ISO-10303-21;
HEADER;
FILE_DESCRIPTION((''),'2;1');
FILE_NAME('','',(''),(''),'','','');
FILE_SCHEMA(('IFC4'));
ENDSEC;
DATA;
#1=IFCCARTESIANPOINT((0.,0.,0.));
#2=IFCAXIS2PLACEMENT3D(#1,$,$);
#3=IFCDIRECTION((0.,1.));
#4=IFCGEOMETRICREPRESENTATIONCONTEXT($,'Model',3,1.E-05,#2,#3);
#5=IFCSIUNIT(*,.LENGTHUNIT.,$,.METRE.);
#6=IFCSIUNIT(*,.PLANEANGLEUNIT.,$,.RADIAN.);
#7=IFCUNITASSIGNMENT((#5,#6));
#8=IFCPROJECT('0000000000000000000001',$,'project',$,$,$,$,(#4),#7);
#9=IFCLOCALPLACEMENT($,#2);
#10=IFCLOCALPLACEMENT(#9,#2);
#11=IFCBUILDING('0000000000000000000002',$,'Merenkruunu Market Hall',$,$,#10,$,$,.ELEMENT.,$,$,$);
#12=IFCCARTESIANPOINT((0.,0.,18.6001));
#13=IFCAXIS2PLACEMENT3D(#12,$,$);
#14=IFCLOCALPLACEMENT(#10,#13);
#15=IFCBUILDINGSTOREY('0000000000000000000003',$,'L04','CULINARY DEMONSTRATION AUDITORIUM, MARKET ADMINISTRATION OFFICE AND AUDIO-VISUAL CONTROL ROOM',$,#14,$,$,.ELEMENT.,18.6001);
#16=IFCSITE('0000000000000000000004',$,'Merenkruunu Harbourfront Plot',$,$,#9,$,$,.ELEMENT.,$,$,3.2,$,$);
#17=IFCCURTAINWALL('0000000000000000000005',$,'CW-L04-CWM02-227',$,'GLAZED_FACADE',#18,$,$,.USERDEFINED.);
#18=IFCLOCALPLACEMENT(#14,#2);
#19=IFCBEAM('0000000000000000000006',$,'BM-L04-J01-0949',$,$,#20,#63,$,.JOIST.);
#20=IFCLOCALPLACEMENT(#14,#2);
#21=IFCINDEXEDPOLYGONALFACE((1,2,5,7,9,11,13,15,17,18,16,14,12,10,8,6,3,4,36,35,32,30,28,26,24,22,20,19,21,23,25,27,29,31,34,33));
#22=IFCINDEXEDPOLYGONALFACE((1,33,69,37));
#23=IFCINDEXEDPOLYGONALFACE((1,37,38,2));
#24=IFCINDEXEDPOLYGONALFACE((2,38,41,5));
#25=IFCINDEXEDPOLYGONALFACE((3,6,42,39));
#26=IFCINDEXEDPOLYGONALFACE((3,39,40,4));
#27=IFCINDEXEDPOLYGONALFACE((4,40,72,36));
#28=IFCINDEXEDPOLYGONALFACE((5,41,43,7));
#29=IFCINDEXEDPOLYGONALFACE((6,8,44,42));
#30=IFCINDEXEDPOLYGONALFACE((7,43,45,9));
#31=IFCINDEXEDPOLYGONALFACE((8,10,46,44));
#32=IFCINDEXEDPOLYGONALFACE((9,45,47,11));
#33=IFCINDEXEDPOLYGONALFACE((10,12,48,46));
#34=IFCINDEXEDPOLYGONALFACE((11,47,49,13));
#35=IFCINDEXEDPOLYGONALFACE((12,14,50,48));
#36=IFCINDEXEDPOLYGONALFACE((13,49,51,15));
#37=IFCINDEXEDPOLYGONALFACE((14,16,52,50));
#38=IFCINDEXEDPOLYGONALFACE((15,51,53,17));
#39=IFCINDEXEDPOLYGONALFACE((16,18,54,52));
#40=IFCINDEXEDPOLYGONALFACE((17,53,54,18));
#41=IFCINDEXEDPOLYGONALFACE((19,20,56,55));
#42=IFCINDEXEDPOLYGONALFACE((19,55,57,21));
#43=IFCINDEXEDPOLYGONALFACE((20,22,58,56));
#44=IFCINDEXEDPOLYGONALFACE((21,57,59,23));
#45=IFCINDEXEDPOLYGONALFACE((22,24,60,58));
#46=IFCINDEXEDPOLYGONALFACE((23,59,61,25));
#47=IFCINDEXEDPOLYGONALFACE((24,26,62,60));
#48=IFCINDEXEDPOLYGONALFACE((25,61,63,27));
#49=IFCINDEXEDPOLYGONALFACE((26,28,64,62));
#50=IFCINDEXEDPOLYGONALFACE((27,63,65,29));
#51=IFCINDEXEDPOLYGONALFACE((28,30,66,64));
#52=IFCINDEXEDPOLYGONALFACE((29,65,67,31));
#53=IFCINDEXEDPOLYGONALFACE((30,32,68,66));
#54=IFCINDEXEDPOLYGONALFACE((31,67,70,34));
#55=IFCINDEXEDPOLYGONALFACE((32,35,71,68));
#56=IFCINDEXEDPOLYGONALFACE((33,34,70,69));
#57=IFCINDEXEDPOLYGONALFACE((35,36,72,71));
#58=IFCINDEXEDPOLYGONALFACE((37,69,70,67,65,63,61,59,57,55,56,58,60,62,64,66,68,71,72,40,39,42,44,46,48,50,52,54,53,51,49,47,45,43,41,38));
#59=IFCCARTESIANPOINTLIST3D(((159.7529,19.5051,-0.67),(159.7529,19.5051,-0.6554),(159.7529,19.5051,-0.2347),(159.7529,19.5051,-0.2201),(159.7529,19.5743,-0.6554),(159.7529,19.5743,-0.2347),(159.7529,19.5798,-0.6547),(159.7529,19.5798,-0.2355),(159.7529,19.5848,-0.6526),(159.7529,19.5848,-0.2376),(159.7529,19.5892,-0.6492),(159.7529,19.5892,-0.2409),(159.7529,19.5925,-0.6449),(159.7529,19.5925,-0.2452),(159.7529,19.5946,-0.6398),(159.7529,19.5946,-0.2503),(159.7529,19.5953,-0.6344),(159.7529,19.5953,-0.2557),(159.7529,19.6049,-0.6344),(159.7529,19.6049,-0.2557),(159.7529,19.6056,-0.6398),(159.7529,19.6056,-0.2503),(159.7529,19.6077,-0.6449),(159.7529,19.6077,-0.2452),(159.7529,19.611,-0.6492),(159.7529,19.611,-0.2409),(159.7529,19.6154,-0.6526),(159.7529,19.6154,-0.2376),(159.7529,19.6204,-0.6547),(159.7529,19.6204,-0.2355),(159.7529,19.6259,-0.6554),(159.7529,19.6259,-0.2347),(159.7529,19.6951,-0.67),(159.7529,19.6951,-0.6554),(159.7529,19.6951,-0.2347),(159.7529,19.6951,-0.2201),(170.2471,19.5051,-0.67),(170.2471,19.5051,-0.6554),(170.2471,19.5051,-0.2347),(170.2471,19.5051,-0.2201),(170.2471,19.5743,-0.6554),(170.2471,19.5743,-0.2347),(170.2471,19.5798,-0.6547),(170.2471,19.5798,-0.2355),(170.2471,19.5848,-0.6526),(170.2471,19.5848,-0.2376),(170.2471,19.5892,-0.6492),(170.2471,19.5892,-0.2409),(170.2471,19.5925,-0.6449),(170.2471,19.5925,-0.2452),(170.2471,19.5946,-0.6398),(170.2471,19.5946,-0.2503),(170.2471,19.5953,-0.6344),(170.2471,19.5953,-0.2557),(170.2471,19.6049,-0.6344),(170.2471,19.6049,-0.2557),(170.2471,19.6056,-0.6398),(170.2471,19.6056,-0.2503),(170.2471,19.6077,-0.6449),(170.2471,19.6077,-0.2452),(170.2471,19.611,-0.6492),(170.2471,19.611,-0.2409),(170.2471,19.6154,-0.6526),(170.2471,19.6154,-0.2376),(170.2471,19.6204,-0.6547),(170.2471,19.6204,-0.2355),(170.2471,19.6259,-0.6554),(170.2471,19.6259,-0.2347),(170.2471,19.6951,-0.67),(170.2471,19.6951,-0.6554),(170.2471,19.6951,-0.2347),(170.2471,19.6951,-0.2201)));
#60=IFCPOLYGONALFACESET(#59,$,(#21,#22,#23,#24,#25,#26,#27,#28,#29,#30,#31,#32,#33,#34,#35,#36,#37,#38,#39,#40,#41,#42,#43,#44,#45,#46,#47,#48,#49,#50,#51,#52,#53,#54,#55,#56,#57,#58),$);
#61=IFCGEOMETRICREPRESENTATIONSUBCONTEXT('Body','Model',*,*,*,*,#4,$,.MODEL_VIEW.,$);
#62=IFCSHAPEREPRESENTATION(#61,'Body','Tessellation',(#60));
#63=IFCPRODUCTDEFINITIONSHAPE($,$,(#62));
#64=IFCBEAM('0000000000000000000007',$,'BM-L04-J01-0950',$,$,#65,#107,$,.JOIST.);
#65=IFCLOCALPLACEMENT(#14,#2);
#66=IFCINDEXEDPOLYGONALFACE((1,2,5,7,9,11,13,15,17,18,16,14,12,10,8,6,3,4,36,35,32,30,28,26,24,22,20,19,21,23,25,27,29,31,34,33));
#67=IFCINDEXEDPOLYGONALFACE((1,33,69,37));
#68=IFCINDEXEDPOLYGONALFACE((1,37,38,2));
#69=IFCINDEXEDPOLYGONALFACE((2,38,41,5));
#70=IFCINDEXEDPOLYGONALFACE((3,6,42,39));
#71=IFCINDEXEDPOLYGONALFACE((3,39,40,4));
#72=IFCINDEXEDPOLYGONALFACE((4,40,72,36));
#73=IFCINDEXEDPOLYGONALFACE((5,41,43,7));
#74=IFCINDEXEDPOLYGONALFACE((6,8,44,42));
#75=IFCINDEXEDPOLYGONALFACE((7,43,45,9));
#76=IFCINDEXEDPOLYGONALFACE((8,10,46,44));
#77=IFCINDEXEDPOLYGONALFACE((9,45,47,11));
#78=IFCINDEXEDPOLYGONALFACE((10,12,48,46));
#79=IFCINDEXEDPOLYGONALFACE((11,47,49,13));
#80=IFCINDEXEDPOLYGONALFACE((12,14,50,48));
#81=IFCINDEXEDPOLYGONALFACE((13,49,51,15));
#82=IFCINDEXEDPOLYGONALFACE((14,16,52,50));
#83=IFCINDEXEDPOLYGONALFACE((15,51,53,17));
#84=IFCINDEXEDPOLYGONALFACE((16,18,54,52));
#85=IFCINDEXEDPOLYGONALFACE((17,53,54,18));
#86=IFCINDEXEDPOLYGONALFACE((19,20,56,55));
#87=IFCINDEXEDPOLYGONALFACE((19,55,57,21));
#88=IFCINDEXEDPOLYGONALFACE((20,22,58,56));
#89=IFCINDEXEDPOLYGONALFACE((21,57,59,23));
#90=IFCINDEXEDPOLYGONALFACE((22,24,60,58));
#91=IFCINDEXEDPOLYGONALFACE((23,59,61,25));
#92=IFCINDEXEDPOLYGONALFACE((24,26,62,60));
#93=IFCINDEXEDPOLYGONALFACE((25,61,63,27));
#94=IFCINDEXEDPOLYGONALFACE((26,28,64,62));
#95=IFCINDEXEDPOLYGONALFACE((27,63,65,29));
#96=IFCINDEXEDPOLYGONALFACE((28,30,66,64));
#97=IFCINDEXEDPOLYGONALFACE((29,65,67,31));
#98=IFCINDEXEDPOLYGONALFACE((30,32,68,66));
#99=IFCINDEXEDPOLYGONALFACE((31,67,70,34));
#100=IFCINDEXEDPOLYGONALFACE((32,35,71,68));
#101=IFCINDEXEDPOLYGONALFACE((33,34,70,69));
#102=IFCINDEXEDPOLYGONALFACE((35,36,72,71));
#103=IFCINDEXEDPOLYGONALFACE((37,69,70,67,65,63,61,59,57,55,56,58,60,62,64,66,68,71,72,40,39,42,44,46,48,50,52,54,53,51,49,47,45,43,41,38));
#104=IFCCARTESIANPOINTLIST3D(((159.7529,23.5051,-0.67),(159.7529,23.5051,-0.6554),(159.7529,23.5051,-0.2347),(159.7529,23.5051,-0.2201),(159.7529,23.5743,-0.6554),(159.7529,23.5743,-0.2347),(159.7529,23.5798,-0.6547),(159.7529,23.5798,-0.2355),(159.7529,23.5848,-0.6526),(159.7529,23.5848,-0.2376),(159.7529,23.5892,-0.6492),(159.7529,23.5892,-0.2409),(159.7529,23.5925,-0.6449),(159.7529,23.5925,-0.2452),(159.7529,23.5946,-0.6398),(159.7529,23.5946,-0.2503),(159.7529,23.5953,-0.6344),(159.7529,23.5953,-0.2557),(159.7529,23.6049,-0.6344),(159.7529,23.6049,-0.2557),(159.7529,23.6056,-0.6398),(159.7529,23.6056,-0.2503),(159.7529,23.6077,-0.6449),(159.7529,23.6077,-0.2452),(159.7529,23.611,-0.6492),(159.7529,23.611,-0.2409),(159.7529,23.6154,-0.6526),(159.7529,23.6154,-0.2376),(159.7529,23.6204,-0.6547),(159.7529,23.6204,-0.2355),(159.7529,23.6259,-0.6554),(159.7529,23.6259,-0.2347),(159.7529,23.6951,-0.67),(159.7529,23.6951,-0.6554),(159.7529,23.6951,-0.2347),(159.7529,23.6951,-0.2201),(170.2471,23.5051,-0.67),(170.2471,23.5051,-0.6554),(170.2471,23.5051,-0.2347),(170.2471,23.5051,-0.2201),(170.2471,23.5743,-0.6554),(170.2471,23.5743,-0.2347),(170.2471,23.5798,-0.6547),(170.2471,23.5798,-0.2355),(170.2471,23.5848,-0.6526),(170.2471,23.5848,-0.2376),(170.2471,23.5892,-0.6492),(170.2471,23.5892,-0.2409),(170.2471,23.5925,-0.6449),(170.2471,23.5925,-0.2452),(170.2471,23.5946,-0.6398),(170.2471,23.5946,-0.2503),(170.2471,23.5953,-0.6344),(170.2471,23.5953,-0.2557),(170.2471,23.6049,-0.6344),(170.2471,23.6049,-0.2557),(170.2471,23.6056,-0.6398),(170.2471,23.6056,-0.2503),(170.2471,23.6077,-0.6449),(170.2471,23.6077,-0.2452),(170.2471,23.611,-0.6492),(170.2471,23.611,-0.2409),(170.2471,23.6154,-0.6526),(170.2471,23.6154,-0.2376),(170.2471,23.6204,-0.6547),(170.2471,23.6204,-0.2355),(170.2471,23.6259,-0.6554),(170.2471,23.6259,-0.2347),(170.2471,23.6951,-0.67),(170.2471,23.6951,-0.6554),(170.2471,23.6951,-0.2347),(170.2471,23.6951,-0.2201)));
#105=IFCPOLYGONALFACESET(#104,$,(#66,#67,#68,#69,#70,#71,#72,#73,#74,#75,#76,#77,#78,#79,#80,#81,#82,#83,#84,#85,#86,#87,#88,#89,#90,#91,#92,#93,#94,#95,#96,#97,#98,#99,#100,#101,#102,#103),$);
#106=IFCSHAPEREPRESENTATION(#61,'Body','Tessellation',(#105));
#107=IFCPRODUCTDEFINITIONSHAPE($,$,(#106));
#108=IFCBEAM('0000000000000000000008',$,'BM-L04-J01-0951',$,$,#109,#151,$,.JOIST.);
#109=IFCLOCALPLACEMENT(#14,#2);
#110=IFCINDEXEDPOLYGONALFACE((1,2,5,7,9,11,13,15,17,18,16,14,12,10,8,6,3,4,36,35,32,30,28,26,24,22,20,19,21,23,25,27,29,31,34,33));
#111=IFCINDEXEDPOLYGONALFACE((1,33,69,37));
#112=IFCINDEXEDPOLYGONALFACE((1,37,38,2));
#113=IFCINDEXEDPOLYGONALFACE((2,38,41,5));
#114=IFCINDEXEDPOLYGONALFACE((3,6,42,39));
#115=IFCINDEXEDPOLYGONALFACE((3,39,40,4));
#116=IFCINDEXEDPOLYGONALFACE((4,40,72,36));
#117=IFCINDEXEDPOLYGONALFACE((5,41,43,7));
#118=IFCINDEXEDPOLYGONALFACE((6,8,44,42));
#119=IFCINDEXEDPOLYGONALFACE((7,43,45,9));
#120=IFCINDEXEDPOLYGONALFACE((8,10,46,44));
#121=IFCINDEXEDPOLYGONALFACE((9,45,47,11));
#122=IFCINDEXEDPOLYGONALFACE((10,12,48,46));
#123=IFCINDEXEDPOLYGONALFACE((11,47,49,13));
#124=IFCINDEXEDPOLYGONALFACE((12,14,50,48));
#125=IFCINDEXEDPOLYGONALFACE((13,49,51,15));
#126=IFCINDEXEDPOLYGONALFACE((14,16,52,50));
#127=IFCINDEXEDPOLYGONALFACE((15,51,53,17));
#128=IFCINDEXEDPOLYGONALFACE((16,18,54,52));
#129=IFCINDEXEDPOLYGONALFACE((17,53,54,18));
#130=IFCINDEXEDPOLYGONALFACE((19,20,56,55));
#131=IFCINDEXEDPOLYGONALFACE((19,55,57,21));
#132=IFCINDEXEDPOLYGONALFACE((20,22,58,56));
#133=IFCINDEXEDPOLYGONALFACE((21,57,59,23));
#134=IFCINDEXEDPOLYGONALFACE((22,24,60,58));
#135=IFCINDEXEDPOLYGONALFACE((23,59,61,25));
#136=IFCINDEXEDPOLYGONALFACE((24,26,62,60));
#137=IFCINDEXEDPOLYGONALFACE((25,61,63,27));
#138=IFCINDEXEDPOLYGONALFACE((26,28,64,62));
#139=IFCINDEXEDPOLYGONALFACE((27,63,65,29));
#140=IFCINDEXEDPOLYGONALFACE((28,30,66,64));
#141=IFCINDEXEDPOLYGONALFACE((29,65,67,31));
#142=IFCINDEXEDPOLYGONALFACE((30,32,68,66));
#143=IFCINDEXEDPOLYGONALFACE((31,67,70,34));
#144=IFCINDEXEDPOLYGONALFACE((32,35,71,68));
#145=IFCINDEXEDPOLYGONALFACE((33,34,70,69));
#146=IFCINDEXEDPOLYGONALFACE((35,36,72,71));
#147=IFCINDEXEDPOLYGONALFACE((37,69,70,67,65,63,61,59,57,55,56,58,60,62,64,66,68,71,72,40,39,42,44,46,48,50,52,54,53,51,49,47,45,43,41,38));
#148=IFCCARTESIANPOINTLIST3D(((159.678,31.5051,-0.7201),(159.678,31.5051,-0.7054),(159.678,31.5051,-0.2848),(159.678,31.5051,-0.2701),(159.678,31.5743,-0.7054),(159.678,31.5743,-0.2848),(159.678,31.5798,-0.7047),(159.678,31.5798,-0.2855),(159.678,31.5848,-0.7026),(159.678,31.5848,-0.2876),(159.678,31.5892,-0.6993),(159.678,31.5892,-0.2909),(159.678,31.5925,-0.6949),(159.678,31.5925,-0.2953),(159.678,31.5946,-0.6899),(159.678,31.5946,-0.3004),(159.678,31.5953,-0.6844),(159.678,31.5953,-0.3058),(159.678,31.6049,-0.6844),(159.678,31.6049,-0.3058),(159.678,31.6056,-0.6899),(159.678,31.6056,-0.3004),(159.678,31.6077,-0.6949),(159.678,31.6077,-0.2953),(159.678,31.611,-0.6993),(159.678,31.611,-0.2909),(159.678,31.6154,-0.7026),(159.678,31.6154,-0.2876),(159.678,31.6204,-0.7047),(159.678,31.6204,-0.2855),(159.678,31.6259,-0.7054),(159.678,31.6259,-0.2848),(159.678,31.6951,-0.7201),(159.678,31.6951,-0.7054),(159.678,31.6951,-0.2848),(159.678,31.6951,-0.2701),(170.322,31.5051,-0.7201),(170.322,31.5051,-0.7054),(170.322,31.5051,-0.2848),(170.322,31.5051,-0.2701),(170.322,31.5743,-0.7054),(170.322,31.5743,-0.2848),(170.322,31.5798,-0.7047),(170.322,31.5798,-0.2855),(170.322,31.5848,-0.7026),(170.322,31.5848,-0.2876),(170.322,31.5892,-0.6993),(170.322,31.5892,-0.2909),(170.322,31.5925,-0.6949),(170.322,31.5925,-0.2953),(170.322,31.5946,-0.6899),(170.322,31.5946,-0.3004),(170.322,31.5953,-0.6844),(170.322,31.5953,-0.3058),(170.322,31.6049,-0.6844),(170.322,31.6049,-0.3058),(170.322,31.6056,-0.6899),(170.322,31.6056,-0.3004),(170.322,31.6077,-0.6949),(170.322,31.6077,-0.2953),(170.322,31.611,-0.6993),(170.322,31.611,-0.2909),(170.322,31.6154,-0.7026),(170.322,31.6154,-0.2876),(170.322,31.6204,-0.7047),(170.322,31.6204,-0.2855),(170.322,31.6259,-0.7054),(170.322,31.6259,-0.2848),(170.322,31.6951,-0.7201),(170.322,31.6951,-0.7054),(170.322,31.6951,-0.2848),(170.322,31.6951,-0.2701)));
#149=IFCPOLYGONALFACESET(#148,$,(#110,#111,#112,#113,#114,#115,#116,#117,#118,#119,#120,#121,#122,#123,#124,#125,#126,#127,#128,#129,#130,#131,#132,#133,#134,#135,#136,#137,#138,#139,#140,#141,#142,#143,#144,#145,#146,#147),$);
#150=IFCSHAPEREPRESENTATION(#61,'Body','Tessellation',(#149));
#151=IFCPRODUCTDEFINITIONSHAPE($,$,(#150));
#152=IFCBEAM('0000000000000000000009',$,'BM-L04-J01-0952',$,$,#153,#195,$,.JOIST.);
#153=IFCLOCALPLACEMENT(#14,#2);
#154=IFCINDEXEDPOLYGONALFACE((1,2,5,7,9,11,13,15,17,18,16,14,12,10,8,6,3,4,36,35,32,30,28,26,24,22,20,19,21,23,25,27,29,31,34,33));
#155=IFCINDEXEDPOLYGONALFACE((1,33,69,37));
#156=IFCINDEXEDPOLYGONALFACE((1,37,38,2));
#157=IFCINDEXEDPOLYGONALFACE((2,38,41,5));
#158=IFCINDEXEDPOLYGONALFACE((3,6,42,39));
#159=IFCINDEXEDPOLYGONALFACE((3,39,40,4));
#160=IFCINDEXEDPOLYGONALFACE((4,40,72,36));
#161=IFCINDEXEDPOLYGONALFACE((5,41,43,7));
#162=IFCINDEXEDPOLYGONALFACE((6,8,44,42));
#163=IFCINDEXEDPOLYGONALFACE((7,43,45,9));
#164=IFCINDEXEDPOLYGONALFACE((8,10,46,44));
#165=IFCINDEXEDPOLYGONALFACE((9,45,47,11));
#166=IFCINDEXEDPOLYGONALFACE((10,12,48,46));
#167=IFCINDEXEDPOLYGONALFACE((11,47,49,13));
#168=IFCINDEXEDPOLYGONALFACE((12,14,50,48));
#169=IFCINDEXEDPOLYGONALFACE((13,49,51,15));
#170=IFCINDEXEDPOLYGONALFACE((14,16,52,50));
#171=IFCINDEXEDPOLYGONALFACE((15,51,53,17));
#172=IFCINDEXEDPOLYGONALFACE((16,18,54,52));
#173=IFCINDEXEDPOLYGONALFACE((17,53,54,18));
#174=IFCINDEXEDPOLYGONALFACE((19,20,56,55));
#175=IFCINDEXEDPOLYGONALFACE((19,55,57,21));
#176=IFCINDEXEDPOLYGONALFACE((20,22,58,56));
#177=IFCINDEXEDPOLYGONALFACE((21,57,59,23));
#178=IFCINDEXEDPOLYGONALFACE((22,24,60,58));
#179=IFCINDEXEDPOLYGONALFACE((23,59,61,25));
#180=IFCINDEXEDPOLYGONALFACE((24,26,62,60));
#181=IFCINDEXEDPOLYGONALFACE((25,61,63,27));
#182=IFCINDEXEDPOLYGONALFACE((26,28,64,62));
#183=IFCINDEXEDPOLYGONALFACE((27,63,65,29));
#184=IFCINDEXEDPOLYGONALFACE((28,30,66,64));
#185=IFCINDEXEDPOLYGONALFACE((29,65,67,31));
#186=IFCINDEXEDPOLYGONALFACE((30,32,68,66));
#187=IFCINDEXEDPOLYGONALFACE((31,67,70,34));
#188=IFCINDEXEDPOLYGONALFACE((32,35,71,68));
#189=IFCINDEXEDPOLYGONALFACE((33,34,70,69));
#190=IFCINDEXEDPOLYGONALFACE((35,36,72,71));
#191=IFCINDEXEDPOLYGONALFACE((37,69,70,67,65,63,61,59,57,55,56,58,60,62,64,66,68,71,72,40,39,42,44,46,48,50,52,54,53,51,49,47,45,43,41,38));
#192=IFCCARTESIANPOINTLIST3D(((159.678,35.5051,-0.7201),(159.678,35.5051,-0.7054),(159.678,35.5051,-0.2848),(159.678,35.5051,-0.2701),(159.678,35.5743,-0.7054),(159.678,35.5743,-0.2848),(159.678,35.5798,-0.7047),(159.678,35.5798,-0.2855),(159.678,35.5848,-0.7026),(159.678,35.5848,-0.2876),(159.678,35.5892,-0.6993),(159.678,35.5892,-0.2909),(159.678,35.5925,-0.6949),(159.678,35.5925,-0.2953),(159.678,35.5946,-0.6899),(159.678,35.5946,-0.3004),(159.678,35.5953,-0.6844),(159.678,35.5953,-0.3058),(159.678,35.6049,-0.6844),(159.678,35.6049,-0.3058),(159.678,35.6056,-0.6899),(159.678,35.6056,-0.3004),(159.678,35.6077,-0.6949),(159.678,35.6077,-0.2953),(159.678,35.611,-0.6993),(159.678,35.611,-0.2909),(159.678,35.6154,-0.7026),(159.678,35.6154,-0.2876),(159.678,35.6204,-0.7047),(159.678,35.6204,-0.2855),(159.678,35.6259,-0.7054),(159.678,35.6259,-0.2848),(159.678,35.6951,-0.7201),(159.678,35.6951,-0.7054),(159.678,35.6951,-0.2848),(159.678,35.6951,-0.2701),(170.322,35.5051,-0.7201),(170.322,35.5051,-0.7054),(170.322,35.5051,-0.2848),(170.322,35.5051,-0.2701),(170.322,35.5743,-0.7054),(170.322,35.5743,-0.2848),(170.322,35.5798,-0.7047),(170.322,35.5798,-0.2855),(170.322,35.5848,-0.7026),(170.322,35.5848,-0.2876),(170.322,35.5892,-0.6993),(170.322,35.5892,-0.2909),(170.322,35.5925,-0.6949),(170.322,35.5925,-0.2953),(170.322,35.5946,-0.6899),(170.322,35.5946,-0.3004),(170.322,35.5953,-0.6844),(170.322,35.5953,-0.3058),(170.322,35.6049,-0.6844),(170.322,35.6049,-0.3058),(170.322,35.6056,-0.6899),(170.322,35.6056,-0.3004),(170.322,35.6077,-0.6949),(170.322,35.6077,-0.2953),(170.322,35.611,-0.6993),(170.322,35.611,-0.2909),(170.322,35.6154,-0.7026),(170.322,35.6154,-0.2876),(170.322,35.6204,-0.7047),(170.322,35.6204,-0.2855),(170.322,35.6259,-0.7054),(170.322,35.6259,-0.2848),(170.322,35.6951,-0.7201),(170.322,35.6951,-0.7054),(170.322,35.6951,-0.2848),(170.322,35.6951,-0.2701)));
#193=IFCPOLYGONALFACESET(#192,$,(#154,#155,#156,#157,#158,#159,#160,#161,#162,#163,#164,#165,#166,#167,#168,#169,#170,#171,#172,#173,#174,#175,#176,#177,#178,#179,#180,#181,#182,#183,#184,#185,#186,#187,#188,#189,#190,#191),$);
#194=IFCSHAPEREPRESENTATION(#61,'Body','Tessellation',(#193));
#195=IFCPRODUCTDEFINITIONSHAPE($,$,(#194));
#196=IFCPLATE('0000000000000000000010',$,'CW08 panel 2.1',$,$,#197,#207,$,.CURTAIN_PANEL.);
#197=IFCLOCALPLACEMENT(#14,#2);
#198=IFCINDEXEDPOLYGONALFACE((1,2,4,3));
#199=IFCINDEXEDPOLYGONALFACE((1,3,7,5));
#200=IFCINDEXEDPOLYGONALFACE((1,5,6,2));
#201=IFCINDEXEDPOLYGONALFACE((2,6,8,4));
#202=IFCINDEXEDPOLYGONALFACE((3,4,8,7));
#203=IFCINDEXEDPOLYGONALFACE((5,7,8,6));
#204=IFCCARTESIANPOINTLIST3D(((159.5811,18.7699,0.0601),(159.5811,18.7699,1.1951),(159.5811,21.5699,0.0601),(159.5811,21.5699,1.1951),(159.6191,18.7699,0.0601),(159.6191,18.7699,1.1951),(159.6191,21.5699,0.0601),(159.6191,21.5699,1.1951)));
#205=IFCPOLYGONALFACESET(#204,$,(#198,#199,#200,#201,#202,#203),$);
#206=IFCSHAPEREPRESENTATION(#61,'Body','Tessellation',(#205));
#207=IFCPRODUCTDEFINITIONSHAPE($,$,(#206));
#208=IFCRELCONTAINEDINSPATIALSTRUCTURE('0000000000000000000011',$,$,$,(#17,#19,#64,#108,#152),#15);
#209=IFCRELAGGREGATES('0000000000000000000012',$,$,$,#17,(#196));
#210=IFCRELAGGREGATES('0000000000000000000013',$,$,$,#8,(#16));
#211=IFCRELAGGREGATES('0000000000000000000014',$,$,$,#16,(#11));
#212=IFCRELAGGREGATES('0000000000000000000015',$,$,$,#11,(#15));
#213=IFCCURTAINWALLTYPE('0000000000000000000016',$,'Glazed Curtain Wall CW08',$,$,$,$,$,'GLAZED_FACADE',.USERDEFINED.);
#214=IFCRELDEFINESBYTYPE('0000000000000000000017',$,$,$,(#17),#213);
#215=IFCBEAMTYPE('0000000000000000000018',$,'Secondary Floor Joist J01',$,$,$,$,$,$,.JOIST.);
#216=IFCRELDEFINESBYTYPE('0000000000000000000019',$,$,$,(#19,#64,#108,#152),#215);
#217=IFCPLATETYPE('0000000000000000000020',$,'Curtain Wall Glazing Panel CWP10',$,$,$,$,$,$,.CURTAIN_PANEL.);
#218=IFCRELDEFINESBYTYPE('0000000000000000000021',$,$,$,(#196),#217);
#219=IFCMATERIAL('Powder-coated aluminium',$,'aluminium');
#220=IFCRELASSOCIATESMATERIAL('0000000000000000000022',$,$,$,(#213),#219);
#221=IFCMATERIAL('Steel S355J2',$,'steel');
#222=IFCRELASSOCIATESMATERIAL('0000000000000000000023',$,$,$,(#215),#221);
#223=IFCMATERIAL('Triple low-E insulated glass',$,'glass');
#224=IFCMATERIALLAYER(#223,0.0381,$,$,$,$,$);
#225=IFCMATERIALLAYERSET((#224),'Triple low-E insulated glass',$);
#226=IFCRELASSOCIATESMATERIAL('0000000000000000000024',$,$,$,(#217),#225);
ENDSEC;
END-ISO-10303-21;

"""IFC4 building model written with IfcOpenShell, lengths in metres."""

from ifc_helpers import new_model, si_unit, direction, frame, origin, origin_2d, place, context, subcontext, project, spatial, rectangle, i_section, extrude, material, layer, layer_set, material_profile, profile_set, type_object, element, aggregate, save


model = new_model("IFC4")

# Units and contexts
model_context = context("Model", 3, precision=1e-05, world=origin(), true_north=direction((0.0, 1.0)))
body_context = subcontext(model_context, "Body", "Model", "MODEL_VIEW")
ifc_project = project(units=[si_unit("LENGTHUNIT", "METRE"), si_unit("PLANEANGLEUNIT", "RADIAN")], contexts=[model_context])

# Site, building, storey
site_placement = place(None, origin())
site = spatial("IfcSite", under=ifc_project, at=site_placement, Name="Merenkruunu Harbourfront Plot", CompositionType="ELEMENT", RefElevation=3.2)
building_placement = place(site_placement, origin())
building = spatial("IfcBuilding", under=site, at=building_placement, Name="Merenkruunu Market Hall", CompositionType="ELEMENT")
storey_placement = place(building_placement, frame((0.0, 0.0, 18.6001)))
storey = spatial("IfcBuildingStorey", under=building, at=storey_placement, Name="L04", Description="CULINARY DEMONSTRATION AUDITORIUM, MARKET ADMINISTRATION OFFICE AND AUDIO-VISUAL CONTROL ROOM", CompositionType="ELEMENT", Elevation=18.6001)

# Shared definitions
ifc_material_1 = material(Name="Steel S355J2", Category="steel")

# Curtain wall
ifc_material_2 = material(Name="Powder-coated aluminium", Category="aluminium")
curtain_wall_type = type_object("IfcCurtainWallType", Name="Glazed Curtain Wall CW08", ElementType="GLAZED_FACADE", PredefinedType="USERDEFINED", material=ifc_material_2)
curtain_wall_placement = place(storey_placement, origin())
curtain_wall = element("IfcCurtainWall", 1, at=curtain_wall_placement, inside=storey, type_object=curtain_wall_type, Name="CW-L04-CWM02-227", ObjectType="GLAZED_FACADE", PredefinedType="USERDEFINED")

# Beams
ifc_material_profile_1 = material_profile(ifc_material_1, i_section(OverallWidth=0.1899, OverallDepth=0.45, WebThickness=0.0095, FlangeThickness=0.0146, FilletRadius=0.021, at=origin_2d()), Name="IPE 450")
ifc_profile_set_1 = profile_set([ifc_material_profile_1], Name="Steel S355J2")
beam_type_1 = type_object("IfcBeamType", Name="Secondary Floor Joist J01", PredefinedType="JOIST", material=ifc_profile_set_1)
for number, where, z_axis, x_axis, name in (
    (2, (159.7529, 19.6001, -0.4451), (1.0, 0.0, 0.0), (0.0, 1.0, 0.0), "BM-L04-J01-0949"),
    (3, (159.7529, 23.6001, -0.4451), (1.0, 0.0, 0.0), (0.0, 1.0, 0.0), "BM-L04-J01-0950"),
):
    element("IfcBeam", number, at=place(storey_placement, frame(where, z_axis=z_axis, x_axis=x_axis)), inside=storey, type_object=beam_type_1, Name=name, PredefinedType="JOIST", context=body_context, shape_type="SweptSolid", body=[
        extrude(i_section(OverallWidth=0.1899, OverallDepth=0.45, WebThickness=0.0095, FlangeThickness=0.0146, FilletRadius=0.021, at=origin_2d()), origin(), (0.0, 0.0, 1.0), 10.4941),
    ])
for number, where, z_axis, x_axis, name in (
    (4, (159.678, 31.6001, -0.4951), (1.0, 0.0, 0.0), (0.0, 1.0, 0.0), "BM-L04-J01-0951"),
    (5, (159.678, 35.6001, -0.4951), (1.0, 0.0, 0.0), (0.0, 1.0, 0.0), "BM-L04-J01-0952"),
):
    element("IfcBeam", number, at=place(storey_placement, frame(where, z_axis=z_axis, x_axis=x_axis)), inside=storey, type_object=beam_type_1, Name=name, PredefinedType="JOIST", context=body_context, shape_type="SweptSolid", body=[
        extrude(i_section(OverallWidth=0.1899, OverallDepth=0.45, WebThickness=0.0095, FlangeThickness=0.0146, FilletRadius=0.021, at=origin_2d()), origin(), (0.0, 0.0, 1.0), 10.644),
    ])

# Plate
ifc_material_3 = material(Name="Triple low-E insulated glass", Category="glass")
ifc_layer_1 = layer(ifc_material_3, 0.0381)
ifc_layer_set_1 = layer_set([ifc_layer_1], Name="Triple low-E insulated glass")
plate_type = type_object("IfcPlateType", Name="Curtain Wall Glazing Panel CWP10", PredefinedType="CURTAIN_PANEL", material=ifc_layer_set_1)
plate_1_placement = place(storey_placement, frame((159.6001, 20.1699, 0.0601), z_axis=(0.0, 0.0, 1.0), x_axis=(0.0, 1.0, 0.0)))
plate_1 = element("IfcPlate", 6, at=plate_1_placement, type_object=plate_type, Name="CW08 panel 2.1", PredefinedType="CURTAIN_PANEL", context=body_context, shape_type="SweptSolid", body=[
    extrude(rectangle(XDim=2.8, YDim=0.0381, at=origin_2d()), origin(), (0.0, 0.0, 1.0), 1.135),
])
aggregate(curtain_wall, [plate_1])

save(model, "model.ifc")
